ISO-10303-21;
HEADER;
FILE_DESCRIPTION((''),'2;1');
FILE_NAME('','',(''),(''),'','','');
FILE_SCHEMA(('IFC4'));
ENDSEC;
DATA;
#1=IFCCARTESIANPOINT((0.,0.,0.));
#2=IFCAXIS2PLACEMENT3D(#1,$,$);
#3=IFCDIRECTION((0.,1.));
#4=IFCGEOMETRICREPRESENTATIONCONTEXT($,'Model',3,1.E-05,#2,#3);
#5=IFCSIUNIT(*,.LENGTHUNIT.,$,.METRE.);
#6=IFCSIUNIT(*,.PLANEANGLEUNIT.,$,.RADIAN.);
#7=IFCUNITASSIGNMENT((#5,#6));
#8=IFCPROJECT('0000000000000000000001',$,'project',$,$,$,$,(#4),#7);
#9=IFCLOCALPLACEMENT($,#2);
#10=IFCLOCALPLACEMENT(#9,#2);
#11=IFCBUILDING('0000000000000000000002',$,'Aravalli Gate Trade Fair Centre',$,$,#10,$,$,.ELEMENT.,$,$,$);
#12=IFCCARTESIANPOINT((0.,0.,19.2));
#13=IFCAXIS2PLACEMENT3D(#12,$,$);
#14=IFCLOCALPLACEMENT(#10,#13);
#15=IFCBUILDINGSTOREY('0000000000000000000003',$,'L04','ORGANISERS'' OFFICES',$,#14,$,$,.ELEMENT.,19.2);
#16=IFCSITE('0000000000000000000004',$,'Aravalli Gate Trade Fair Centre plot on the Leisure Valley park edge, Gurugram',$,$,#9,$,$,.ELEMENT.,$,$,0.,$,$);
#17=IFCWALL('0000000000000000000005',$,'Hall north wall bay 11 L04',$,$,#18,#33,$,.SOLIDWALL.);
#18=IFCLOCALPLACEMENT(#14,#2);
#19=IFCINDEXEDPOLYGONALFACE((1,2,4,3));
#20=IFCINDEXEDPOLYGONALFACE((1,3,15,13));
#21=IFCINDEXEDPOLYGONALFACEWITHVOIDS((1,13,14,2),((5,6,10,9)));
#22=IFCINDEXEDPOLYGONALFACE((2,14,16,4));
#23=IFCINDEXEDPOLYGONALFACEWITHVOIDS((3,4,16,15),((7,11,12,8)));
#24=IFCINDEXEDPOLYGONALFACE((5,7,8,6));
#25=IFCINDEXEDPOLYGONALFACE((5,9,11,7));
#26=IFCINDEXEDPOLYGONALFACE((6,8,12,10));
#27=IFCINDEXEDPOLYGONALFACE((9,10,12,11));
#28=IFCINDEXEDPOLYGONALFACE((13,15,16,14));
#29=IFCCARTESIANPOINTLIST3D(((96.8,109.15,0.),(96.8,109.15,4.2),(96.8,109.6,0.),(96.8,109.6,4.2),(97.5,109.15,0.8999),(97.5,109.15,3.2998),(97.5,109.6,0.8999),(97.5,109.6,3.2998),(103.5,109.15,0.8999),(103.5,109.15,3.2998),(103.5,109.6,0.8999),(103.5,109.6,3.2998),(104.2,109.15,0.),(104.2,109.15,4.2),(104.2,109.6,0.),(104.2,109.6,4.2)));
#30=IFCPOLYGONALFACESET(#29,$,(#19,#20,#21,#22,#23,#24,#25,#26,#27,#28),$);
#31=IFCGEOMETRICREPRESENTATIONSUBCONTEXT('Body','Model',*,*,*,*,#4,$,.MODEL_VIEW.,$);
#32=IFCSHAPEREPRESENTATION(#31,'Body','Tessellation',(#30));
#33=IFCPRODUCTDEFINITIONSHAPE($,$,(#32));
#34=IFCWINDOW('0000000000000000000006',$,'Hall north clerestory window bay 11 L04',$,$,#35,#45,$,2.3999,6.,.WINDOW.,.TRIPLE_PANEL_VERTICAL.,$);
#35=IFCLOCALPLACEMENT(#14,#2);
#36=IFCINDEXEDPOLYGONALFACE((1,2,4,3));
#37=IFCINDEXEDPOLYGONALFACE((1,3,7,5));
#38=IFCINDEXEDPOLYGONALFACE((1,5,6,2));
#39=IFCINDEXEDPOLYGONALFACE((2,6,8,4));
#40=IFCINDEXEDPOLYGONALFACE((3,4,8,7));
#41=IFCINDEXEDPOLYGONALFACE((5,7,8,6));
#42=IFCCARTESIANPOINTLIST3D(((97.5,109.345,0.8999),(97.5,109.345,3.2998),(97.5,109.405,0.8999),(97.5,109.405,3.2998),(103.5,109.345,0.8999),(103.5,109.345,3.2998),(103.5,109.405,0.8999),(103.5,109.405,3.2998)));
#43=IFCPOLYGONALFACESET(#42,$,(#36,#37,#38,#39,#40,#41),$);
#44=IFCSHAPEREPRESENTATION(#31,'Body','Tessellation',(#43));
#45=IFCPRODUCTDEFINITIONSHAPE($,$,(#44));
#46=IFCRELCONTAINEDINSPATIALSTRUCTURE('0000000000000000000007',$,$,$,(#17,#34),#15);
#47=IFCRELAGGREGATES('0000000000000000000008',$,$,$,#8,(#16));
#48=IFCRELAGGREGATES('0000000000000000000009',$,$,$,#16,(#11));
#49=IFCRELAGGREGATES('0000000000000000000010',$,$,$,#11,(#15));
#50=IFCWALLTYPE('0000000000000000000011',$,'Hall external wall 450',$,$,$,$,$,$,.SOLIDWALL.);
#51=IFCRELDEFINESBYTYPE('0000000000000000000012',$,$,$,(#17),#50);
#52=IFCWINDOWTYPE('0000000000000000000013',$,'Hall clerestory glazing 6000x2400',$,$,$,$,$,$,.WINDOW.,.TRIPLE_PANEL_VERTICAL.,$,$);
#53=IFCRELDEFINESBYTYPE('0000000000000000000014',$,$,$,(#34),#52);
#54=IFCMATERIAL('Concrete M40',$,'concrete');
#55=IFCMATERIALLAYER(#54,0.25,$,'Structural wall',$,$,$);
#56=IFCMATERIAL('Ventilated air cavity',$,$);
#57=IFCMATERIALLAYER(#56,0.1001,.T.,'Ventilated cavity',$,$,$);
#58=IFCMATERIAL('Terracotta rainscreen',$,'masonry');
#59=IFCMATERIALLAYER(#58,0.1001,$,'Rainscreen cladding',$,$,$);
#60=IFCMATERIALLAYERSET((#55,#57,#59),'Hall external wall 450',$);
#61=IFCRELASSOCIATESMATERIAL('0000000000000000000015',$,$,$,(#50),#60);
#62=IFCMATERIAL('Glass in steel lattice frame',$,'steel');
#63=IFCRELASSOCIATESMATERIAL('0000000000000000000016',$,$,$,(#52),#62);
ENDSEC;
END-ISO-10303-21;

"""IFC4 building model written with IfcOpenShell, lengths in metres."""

from ifc_helpers import new_model, si_unit, direction, frame, frame_2d, origin, place, context, subcontext, project, spatial, rectangle, extrude, material, layer, layer_set, type_object, element, fill, save


model = new_model("IFC4")

# Units and contexts
model_context = context("Model", 3, precision=1e-05, world=origin(), true_north=direction((0.0, 1.0)))
body_context = subcontext(model_context, "Body", "Model", "MODEL_VIEW")
ifc_project = project(units=[si_unit("LENGTHUNIT", "METRE"), si_unit("PLANEANGLEUNIT", "RADIAN")], contexts=[model_context])

# Site, building, storey
site_placement = place(None, origin())
site = spatial("IfcSite", under=ifc_project, at=site_placement, Name="Aravalli Gate Trade Fair Centre plot on the Leisure Valley park edge, Gurugram", CompositionType="ELEMENT", RefElevation=0.0)
building_placement = place(site_placement, origin())
building = spatial("IfcBuilding", under=site, at=building_placement, Name="Aravalli Gate Trade Fair Centre", CompositionType="ELEMENT")
storey_placement = place(building_placement, frame((0.0, 0.0, 19.2)))
storey = spatial("IfcBuildingStorey", under=building, at=storey_placement, Name="L04", Description="ORGANISERS' OFFICES", CompositionType="ELEMENT", Elevation=19.2)

# Shared definitions
ifc_material_1 = material(Name="Concrete M40", Category="concrete")

# Shared definitions
ifc_material_2 = material(Name="Ventilated air cavity")
ifc_material_3 = material(Name="Terracotta rainscreen", Category="masonry")

# Wall, opening, window
ifc_layer_1 = layer(ifc_material_1, 0.25, Name="Structural wall")
ifc_layer_2 = layer(ifc_material_2, 0.1001, ventilated=True, Name="Ventilated cavity")
ifc_layer_3 = layer(ifc_material_3, 0.1001, Name="Rainscreen cladding")
ifc_layer_set_1 = layer_set([ifc_layer_1, ifc_layer_2, ifc_layer_3], Name="Hall external wall 450")
wall_type_1 = type_object("IfcWallType", Name="Hall external wall 450", PredefinedType="SOLIDWALL", material=ifc_layer_set_1)
ifc_material_4 = material(Name="Glass in steel lattice frame", Category="steel")
window_type_1 = type_object("IfcWindowType", Name="Hall clerestory glazing 6000x2400", PartitioningType="TRIPLE_PANEL_VERTICAL", PredefinedType="WINDOW", material=ifc_material_4)
wall_1_placement = place(storey_placement, frame((96.8, 109.375, 0.0), z_axis=(0.0, 0.0, 1.0), x_axis=(1.0, 0.0, 0.0)))
wall_1 = element("IfcWall", 1, at=wall_1_placement, inside=storey, type_object=wall_type_1, Name="Hall north wall bay 11 L04", PredefinedType="SOLIDWALL", context=body_context, shape_type="SweptSolid", body=[
    extrude(rectangle(XDim=7.3999, YDim=0.45, at=frame_2d((3.7, 0.0))), origin(), (0.0, 0.0, 1.0), 4.2),
])
opening_1_placement = place(wall_1_placement, frame((0.7, 0.0, 0.8999)))
opening_1 = element("IfcOpeningElement", 2, at=opening_1_placement, cuts=wall_1, PredefinedType="OPENING", context=body_context, shape_type="SweptSolid", body=[
    extrude(rectangle(XDim=6.0, YDim=2.3999, at=frame_2d((3.0, 1.2))), frame((0.0, 0.2349, 0.0), z_axis=(0.0, -1.0, 0.0), x_axis=(1.0, 0.0, 0.0)), (0.0, 0.0, 1.0), 0.47),
])
window_1_placement = place(opening_1_placement, origin())
window_1 = element("IfcWindow", 3, at=window_1_placement, inside=storey, type_object=window_type_1, Name="Hall north clerestory window bay 11 L04", OverallHeight=2.3999, OverallWidth=6.0, PartitioningType="TRIPLE_PANEL_VERTICAL", PredefinedType="WINDOW", context=body_context, shape_type="SweptSolid", body=[
    extrude(rectangle(XDim=6.0, YDim=2.3999, at=frame_2d((3.0, 1.2))), frame((0.0, 0.03, 0.0), z_axis=(0.0, -1.0, 0.0), x_axis=(1.0, 0.0, 0.0)), (0.0, 0.0, 1.0), 0.0601),
])
fill(opening_1, window_1)

save(model, "model.ifc")
